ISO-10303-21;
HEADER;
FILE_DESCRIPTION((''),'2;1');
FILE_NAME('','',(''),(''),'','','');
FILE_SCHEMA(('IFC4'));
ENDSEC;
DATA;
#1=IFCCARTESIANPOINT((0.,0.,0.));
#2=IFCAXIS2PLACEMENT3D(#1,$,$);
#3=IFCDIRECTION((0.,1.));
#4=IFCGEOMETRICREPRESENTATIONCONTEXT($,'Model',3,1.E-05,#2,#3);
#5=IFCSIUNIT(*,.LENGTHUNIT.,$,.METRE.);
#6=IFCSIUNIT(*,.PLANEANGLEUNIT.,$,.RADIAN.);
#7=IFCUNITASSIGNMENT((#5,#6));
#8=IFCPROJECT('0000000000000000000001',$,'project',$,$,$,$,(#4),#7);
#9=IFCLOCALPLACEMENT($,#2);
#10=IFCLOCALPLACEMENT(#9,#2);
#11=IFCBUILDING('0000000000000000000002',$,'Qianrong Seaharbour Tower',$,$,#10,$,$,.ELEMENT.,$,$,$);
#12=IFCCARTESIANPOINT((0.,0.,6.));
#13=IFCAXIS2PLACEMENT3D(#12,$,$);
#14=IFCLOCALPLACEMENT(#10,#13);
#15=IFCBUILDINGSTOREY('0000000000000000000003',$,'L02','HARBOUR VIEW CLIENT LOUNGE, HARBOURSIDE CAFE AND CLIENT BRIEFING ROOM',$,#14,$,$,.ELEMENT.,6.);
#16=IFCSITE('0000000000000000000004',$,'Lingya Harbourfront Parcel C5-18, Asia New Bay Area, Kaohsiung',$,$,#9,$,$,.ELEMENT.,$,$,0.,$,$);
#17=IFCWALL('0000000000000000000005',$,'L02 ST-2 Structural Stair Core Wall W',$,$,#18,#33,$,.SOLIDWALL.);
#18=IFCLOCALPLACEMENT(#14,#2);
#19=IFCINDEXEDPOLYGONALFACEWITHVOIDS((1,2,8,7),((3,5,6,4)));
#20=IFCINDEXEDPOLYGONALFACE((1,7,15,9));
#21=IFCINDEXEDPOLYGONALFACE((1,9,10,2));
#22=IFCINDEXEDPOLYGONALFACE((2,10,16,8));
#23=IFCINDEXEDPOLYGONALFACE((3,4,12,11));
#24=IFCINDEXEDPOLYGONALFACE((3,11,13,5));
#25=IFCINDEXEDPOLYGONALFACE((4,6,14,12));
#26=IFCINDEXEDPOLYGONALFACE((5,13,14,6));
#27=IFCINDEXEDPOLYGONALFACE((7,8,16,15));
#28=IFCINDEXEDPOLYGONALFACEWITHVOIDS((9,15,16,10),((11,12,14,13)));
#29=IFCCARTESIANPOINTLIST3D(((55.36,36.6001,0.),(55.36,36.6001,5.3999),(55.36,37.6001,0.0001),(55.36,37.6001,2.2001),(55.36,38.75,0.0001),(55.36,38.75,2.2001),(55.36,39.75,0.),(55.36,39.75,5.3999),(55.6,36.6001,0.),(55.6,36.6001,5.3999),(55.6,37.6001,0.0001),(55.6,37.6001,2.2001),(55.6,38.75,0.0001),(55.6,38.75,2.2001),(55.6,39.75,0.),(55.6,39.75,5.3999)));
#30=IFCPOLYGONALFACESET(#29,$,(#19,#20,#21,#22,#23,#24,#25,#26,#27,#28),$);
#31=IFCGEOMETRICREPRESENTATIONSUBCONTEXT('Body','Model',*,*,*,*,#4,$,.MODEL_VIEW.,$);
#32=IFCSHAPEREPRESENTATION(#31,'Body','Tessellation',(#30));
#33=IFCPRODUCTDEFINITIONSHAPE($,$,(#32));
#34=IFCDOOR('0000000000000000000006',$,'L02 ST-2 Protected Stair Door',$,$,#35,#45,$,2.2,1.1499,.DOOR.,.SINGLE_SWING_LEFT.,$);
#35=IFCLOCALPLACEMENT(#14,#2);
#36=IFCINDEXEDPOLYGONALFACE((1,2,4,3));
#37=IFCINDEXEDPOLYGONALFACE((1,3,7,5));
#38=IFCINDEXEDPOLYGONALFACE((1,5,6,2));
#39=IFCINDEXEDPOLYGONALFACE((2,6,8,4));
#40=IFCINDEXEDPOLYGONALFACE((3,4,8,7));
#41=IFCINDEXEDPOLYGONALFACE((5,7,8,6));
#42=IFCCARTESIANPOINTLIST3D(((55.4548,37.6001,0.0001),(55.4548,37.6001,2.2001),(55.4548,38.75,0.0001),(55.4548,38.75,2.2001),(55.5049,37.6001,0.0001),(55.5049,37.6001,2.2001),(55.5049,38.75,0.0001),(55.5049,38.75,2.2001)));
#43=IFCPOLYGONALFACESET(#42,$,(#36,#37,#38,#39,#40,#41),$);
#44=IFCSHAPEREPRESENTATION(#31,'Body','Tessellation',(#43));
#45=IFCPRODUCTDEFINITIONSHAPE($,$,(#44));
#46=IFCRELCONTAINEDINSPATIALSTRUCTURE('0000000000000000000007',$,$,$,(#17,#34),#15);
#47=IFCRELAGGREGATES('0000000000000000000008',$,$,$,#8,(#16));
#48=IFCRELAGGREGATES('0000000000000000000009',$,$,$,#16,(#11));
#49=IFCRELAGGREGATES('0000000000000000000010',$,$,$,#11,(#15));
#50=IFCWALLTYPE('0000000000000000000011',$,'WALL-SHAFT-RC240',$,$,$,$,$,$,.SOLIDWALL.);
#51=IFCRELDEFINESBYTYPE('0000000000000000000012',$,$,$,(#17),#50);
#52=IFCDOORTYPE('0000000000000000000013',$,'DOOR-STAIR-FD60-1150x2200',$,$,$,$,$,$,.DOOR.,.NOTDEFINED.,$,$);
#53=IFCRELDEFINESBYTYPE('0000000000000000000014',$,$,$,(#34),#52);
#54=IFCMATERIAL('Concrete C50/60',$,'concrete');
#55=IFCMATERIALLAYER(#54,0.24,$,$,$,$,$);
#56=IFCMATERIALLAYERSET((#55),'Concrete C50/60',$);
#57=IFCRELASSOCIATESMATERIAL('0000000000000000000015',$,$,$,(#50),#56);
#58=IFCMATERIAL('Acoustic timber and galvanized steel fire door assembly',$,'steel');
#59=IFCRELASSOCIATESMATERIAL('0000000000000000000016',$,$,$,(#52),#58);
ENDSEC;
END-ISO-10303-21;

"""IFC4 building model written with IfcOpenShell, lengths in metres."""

from ifc_helpers import new_model, si_unit, direction, frame, frame_2d, origin, place, context, subcontext, project, spatial, rectangle, extrude, material, layer, layer_set, type_object, element, fill, save


model = new_model("IFC4")

# Units and contexts
model_context = context("Model", 3, precision=1e-05, world=origin(), true_north=direction((0.0, 1.0)))
body_context = subcontext(model_context, "Body", "Model", "MODEL_VIEW")
ifc_project = project(units=[si_unit("LENGTHUNIT", "METRE"), si_unit("PLANEANGLEUNIT", "RADIAN")], contexts=[model_context])

# Site, building, storey
site_placement = place(None, origin())
site = spatial("IfcSite", under=ifc_project, at=site_placement, Name="Lingya Harbourfront Parcel C5-18, Asia New Bay Area, Kaohsiung", CompositionType="ELEMENT", RefElevation=0.0)
building_placement = place(site_placement, origin())
building = spatial("IfcBuilding", under=site, at=building_placement, Name="Qianrong Seaharbour Tower", CompositionType="ELEMENT")
storey_placement = place(building_placement, frame((0.0, 0.0, 6.0)))
storey = spatial("IfcBuildingStorey", under=building, at=storey_placement, Name="L02", Description="HARBOUR VIEW CLIENT LOUNGE, HARBOURSIDE CAFE AND CLIENT BRIEFING ROOM", CompositionType="ELEMENT", Elevation=6.0)

# Shared definitions
ifc_material_1 = material(Name="Acoustic timber and galvanized steel fire door assembly", Category="steel")

# Shared definitions
ifc_material_2 = material(Name="Concrete C50/60", Category="concrete")
ifc_layer_1 = layer(ifc_material_2, 0.24)
ifc_layer_set_1 = layer_set([ifc_layer_1], Name="Concrete C50/60")
wall_type_1 = type_object("IfcWallType", Name="WALL-SHAFT-RC240", PredefinedType="SOLIDWALL", material=ifc_layer_set_1)

# Wall, opening, door
wall_1_placement = place(storey_placement, frame((55.48, 39.75, 0.0), z_axis=(0.0, 0.0, 1.0), x_axis=(0.0, -1.0, 0.0)))
wall_1 = element("IfcWall", 1, at=wall_1_placement, inside=storey, type_object=wall_type_1, Name="L02 ST-2 Structural Stair Core Wall W", PredefinedType="SOLIDWALL", context=body_context, shape_type="SweptSolid", body=[
    extrude(rectangle(XDim=3.1499, YDim=0.24, at=frame_2d((1.575, 0.0))), origin(), (0.0, 0.0, 1.0), 5.3999),
])
opening_1_placement = place(wall_1_placement, frame((1.0, 0.0, 0.0)))
opening_1 = element("IfcOpeningElement", 2, at=opening_1_placement, cuts=wall_1, PredefinedType="OPENING", context=body_context, shape_type="SweptSolid", body=[
    extrude(rectangle(XDim=1.1499, YDim=2.2, at=frame_2d((0.575, 1.1001))), frame((0.0, 0.1299, 0.0), z_axis=(0.0, -1.0, 0.0), x_axis=(1.0, 0.0, 0.0)), (0.0, 0.0, 1.0), 0.26),
])
door_type_1 = type_object("IfcDoorType", Name="DOOR-STAIR-FD60-1150x2200", OperationType="NOTDEFINED", PredefinedType="DOOR", material=ifc_material_1)
door_1_placement = place(opening_1_placement, origin())
door_1 = element("IfcDoor", 3, at=door_1_placement, inside=storey, type_object=door_type_1, Name="L02 ST-2 Protected Stair Door", OperationType="SINGLE_SWING_LEFT", OverallHeight=2.2, OverallWidth=1.1499, PredefinedType="DOOR", context=body_context, shape_type="SweptSolid", body=[
    extrude(rectangle(XDim=1.1499, YDim=2.2, at=frame_2d((0.575, 1.1001))), frame((0.0, 0.0249, 0.0), z_axis=(0.0, -1.0, 0.0), x_axis=(1.0, 0.0, 0.0)), (0.0, 0.0, 1.0), 0.05),
])
fill(opening_1, door_1)

save(model, "model.ifc")
